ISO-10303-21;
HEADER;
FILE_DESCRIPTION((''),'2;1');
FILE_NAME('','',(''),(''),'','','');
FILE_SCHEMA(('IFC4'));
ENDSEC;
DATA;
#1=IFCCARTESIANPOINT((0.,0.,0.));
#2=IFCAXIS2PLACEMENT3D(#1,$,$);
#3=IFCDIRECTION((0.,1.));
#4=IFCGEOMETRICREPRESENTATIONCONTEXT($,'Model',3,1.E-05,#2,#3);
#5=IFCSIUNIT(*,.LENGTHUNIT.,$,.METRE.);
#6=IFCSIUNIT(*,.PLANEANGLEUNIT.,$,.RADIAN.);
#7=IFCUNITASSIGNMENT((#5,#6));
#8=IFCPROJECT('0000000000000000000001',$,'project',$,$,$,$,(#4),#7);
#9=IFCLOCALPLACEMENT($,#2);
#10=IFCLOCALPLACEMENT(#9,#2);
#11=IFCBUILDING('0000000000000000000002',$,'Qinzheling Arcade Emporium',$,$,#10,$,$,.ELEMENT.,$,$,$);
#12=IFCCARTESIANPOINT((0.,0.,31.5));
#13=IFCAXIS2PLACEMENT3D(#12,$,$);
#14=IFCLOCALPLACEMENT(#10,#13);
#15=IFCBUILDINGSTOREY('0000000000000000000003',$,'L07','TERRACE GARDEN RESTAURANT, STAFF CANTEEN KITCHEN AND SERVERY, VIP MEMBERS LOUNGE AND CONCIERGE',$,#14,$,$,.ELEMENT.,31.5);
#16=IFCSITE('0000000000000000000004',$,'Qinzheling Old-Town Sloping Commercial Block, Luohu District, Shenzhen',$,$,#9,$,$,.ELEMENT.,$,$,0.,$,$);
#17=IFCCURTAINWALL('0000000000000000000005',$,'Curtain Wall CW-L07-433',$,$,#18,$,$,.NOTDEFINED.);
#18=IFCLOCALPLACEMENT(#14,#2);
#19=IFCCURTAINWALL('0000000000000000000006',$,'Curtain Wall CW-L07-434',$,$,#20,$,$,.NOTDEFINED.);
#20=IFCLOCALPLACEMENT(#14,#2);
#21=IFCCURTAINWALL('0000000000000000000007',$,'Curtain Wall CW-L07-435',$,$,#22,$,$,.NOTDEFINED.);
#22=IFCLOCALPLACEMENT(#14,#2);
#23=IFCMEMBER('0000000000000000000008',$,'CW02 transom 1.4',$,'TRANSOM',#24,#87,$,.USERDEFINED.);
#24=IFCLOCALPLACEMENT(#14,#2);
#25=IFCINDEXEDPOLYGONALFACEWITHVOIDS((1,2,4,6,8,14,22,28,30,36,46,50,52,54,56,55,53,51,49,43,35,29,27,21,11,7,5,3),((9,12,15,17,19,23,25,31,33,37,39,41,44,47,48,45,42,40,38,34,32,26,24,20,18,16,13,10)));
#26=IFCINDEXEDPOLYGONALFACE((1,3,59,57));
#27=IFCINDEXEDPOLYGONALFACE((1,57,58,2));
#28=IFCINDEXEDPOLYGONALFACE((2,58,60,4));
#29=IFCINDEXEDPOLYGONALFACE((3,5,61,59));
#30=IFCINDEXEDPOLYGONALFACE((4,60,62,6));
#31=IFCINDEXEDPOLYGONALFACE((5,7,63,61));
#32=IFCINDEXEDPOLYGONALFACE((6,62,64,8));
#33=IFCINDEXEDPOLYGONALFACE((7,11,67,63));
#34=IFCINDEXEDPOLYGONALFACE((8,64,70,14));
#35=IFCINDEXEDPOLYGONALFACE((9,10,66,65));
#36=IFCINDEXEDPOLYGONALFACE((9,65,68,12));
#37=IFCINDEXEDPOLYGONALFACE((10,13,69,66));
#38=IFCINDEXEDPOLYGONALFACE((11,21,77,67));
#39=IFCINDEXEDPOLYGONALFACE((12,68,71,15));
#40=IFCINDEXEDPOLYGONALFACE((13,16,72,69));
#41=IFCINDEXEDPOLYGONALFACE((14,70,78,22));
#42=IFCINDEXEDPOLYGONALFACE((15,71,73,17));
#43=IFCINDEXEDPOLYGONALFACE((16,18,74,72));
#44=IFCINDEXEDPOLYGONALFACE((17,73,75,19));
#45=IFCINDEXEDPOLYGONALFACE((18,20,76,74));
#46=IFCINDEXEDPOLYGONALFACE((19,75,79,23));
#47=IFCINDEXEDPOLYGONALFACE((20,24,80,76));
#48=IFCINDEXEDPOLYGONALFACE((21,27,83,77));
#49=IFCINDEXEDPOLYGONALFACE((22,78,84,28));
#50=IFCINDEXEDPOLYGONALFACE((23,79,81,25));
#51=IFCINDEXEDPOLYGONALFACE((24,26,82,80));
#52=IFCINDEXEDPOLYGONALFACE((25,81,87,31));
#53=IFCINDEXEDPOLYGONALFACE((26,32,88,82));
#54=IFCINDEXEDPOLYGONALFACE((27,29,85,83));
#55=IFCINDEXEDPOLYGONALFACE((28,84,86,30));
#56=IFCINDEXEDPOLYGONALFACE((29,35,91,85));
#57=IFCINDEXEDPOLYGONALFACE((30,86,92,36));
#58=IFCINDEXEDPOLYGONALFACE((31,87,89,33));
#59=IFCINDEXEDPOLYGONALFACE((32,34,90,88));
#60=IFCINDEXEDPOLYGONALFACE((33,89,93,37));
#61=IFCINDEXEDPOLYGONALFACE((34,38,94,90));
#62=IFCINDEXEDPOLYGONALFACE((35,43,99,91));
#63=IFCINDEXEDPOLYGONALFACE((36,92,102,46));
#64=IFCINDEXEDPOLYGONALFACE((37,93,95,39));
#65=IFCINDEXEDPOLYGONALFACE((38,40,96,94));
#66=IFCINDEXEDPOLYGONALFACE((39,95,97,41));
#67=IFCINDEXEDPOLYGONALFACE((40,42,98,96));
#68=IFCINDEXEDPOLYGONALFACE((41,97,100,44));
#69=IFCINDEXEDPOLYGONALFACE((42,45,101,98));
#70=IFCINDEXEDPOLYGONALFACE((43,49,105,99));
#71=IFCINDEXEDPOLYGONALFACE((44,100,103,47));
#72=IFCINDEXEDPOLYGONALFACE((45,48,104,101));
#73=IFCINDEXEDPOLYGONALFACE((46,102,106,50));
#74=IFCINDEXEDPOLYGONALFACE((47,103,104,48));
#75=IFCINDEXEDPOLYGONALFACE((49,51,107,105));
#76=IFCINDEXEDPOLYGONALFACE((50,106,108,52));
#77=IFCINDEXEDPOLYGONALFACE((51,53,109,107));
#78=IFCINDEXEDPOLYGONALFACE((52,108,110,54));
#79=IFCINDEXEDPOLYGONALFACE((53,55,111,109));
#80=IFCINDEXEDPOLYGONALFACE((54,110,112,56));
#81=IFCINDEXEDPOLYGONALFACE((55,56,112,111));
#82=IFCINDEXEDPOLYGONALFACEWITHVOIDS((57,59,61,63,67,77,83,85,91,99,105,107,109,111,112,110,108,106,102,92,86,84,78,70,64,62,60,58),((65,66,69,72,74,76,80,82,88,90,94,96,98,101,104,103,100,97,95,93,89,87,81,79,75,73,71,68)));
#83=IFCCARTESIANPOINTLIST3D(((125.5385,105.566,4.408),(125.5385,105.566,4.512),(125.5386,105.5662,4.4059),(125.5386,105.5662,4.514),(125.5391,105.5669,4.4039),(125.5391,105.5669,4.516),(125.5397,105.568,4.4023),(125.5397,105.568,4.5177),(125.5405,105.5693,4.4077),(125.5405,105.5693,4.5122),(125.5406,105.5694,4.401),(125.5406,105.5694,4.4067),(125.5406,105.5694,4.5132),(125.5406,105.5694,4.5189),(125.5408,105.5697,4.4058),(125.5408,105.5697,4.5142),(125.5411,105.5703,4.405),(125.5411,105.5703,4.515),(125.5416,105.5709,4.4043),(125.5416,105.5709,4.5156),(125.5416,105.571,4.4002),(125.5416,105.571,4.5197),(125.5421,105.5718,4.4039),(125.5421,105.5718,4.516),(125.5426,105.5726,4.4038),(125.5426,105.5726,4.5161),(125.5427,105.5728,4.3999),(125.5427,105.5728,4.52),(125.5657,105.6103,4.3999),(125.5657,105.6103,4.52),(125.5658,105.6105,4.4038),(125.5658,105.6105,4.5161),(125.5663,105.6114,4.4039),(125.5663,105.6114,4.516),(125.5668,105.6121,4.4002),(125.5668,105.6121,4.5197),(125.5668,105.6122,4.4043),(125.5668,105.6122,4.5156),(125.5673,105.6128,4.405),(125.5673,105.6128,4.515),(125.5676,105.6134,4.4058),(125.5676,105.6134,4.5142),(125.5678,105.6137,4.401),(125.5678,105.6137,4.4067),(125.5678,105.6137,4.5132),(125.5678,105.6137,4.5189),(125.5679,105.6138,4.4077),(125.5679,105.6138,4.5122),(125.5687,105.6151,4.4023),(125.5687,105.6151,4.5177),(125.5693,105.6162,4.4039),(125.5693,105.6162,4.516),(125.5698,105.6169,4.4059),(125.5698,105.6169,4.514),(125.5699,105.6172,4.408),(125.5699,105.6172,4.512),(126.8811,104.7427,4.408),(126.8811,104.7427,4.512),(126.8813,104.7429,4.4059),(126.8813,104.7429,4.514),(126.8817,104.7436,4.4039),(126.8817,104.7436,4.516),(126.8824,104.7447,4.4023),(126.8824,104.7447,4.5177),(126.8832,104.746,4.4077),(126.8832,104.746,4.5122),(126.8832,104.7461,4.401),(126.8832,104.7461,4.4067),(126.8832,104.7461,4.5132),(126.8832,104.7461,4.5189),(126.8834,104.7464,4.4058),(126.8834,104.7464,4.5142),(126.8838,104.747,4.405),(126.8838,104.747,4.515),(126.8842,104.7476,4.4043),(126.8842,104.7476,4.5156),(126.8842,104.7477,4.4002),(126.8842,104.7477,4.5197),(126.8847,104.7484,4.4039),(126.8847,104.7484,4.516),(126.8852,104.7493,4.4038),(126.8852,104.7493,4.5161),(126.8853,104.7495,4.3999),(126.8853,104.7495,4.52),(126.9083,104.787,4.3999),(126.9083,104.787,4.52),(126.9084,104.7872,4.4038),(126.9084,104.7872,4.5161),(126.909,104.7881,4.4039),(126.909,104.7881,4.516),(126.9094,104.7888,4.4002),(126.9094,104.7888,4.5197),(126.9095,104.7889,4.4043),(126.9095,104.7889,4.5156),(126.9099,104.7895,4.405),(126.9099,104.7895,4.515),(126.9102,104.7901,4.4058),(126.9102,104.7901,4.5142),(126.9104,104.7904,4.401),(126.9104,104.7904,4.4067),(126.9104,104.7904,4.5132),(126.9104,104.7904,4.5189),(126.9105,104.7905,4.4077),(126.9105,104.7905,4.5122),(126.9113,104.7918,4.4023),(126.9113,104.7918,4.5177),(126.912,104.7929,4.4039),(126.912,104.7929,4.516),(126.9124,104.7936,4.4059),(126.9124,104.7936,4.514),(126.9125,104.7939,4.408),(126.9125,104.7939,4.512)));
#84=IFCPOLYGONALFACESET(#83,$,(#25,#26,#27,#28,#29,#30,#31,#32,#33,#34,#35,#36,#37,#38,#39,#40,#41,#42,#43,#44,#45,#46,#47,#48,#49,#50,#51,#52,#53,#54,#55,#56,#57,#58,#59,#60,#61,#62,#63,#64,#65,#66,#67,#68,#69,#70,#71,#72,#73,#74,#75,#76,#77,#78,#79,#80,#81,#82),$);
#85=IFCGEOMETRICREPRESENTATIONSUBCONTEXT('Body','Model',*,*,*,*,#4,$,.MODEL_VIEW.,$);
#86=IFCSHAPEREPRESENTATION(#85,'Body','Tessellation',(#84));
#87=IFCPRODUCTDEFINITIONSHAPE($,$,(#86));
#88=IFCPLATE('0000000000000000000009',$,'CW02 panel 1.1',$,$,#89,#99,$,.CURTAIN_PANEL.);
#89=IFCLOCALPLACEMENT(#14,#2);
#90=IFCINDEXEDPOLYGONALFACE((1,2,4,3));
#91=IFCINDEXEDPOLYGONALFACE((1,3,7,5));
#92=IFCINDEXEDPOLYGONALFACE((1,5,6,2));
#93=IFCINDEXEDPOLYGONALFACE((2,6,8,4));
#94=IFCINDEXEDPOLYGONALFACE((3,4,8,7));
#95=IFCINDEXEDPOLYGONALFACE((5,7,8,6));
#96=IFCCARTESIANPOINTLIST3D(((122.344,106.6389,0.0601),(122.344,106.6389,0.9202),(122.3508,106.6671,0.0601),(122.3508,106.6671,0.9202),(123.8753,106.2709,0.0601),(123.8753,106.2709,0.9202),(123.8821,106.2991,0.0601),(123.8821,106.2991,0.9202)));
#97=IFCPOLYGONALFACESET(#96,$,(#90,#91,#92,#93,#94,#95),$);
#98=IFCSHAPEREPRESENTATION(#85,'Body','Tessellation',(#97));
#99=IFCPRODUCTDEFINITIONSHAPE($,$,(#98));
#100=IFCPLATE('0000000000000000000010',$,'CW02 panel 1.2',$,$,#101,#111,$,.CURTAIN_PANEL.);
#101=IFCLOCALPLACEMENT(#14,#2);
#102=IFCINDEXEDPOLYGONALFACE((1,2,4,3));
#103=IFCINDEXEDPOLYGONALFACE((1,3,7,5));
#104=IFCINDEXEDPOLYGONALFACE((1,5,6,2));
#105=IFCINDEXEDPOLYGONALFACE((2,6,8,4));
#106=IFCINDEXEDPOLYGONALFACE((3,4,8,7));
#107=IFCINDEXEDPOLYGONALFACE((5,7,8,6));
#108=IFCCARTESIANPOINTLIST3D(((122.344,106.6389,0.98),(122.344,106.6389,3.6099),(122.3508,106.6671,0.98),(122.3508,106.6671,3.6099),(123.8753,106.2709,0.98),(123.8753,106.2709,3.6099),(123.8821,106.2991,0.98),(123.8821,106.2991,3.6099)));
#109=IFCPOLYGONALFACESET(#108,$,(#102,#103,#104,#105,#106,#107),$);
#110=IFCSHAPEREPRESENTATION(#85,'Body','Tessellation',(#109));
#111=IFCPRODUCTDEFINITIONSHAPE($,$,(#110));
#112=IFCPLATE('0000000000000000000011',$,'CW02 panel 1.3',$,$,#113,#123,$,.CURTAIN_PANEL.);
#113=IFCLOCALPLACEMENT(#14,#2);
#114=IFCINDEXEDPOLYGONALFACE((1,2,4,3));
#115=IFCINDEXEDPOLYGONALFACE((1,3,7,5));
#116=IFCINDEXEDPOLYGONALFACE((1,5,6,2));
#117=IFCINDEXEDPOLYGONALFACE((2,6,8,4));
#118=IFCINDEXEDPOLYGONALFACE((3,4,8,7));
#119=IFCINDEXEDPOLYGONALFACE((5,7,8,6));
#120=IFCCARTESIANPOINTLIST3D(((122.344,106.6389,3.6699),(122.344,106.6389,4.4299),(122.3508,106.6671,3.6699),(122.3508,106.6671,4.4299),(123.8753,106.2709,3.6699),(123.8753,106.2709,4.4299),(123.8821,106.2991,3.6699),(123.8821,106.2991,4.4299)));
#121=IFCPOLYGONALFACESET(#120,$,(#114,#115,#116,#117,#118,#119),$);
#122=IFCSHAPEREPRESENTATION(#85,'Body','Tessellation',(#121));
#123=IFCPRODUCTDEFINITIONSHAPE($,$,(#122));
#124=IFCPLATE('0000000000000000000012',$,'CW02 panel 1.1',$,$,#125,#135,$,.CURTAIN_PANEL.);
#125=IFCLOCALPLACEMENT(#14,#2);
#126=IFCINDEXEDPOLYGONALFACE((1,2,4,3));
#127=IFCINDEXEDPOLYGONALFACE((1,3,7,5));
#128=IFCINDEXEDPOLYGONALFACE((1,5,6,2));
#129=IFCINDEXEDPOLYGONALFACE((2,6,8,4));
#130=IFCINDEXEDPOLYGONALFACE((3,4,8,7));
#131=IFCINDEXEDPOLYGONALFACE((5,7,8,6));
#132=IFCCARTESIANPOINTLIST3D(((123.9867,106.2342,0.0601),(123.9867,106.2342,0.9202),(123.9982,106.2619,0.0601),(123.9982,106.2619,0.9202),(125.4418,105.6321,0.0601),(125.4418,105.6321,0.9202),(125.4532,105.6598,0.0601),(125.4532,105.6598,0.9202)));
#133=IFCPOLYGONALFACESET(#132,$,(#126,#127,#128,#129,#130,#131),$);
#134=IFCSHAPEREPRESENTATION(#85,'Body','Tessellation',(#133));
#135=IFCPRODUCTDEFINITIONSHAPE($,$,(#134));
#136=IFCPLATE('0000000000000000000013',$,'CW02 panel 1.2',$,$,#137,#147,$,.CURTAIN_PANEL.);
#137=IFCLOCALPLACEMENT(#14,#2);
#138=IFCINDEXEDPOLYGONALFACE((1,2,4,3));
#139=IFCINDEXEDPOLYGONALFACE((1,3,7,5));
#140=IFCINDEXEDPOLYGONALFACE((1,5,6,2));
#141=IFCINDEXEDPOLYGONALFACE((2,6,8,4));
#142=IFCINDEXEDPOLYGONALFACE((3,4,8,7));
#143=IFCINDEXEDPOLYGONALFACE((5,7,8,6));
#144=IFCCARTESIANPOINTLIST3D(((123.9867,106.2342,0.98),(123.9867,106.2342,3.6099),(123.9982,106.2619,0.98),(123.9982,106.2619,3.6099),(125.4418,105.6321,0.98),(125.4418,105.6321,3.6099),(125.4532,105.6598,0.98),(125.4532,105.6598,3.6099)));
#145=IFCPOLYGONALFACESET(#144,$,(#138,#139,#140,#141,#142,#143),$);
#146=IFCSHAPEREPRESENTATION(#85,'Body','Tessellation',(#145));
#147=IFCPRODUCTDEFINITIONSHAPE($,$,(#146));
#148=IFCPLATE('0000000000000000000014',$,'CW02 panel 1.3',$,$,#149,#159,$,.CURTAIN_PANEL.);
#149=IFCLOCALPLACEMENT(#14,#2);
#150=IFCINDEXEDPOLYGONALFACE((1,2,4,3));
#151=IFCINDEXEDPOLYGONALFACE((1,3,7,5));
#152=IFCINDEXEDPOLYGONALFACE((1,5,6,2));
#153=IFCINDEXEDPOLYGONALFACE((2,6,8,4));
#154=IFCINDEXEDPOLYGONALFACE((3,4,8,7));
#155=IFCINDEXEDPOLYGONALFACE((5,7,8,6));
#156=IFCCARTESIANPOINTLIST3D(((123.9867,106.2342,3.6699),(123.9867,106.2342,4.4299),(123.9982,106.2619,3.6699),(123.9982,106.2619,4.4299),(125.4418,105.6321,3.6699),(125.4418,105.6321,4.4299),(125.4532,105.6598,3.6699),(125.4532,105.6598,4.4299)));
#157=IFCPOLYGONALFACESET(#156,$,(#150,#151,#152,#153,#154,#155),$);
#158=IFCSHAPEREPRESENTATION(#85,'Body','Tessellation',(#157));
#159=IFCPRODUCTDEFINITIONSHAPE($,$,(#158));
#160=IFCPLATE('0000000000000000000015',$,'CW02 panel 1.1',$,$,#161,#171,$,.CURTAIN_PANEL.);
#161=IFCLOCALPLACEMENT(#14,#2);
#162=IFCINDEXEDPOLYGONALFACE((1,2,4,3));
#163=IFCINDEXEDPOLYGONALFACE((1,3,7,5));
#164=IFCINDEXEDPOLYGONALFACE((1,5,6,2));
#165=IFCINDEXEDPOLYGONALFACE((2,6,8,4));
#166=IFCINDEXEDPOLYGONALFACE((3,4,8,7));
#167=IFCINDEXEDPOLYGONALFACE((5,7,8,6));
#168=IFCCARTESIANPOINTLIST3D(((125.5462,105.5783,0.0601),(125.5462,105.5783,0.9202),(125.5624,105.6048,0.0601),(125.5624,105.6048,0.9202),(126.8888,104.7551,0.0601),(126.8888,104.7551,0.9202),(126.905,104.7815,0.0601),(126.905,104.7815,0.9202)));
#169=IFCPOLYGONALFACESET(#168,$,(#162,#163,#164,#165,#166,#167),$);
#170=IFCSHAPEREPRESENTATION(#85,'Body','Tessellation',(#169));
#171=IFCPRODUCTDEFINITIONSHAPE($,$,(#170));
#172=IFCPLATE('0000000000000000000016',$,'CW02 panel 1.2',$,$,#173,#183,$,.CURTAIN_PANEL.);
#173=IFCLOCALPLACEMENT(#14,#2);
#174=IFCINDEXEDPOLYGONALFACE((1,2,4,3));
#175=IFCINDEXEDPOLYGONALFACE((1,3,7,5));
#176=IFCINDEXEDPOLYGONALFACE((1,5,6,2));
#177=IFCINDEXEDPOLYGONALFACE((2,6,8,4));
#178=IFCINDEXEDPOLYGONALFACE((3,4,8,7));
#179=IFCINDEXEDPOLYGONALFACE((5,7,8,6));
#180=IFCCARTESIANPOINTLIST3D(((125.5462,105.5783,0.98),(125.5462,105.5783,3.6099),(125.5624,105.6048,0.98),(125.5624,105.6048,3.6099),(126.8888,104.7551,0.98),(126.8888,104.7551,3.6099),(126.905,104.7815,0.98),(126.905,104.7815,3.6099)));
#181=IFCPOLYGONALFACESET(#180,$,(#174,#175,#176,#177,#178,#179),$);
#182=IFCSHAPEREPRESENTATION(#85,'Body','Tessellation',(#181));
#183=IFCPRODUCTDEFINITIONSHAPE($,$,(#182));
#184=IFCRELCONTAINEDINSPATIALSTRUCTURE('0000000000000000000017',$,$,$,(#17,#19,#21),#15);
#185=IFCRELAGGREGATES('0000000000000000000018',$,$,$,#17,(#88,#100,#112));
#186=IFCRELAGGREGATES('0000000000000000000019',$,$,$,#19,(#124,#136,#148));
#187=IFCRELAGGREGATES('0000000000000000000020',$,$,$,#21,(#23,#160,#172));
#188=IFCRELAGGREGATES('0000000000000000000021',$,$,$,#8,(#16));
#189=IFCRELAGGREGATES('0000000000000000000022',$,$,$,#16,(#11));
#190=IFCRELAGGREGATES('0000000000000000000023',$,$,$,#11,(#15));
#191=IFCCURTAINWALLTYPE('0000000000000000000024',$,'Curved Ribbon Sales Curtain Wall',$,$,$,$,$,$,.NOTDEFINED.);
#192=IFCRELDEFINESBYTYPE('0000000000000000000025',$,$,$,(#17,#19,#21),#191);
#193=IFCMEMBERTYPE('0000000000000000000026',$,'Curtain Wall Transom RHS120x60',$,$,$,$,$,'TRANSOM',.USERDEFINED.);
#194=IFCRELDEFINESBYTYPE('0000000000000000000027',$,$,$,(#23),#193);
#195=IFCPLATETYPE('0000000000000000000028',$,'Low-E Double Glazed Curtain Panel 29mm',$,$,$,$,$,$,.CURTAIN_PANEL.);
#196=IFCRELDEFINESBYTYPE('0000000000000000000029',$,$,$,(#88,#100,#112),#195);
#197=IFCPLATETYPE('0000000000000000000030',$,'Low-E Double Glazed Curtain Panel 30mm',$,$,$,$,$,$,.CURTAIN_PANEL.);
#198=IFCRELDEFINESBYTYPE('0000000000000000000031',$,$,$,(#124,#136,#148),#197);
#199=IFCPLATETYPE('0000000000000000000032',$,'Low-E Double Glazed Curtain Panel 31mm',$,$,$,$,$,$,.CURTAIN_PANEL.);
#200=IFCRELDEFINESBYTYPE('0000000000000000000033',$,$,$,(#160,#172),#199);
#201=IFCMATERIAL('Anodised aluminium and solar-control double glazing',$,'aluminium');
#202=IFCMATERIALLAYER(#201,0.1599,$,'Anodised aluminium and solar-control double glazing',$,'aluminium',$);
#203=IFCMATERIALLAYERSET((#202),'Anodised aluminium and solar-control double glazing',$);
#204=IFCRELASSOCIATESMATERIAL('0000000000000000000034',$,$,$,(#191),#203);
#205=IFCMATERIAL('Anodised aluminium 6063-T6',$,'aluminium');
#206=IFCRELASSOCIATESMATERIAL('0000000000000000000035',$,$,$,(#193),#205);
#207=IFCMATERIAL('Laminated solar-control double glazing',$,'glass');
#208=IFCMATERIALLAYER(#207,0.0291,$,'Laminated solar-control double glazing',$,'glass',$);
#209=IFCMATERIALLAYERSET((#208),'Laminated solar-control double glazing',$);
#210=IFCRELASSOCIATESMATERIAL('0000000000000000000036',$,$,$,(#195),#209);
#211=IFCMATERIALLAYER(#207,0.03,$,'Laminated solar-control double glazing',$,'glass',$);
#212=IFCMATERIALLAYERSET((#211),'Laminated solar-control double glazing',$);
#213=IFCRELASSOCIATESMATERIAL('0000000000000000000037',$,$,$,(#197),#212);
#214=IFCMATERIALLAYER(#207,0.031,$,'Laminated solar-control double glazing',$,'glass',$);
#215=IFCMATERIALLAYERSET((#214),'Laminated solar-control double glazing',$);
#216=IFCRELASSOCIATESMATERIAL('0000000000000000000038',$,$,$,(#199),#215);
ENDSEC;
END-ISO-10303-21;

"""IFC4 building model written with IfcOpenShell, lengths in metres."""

from ifc_helpers import new_model, si_unit, direction, frame, origin, origin_2d, place, context, subcontext, project, spatial, rectangle, hollow_rectangle, extrude, material, layer, layer_set, material_profile, profile_set, type_object, element, aggregate, save


model = new_model("IFC4")

# Units and contexts
model_context = context("Model", 3, precision=1e-05, world=origin(), true_north=direction((0.0, 1.0)))
body_context = subcontext(model_context, "Body", "Model", "MODEL_VIEW")
ifc_project = project(units=[si_unit("LENGTHUNIT", "METRE"), si_unit("PLANEANGLEUNIT", "RADIAN")], contexts=[model_context])

# Site, building, storey
site_placement = place(None, origin())
site = spatial("IfcSite", under=ifc_project, at=site_placement, Name="Qinzheling Old-Town Sloping Commercial Block, Luohu District, Shenzhen", CompositionType="ELEMENT", RefElevation=0.0)
building_placement = place(site_placement, origin())
building = spatial("IfcBuilding", under=site, at=building_placement, Name="Qinzheling Arcade Emporium", CompositionType="ELEMENT")
storey_placement = place(building_placement, frame((0.0, 0.0, 31.5)))
storey = spatial("IfcBuildingStorey", under=building, at=storey_placement, Name="L07", Description="TERRACE GARDEN RESTAURANT, STAFF CANTEEN KITCHEN AND SERVERY, VIP MEMBERS LOUNGE AND CONCIERGE", CompositionType="ELEMENT", Elevation=31.5)

# Curtain wall
ifc_material_1 = material(Name="Anodised aluminium and solar-control double glazing", Category="aluminium")
ifc_layer_1 = layer(ifc_material_1, 0.1599, Name="Anodised aluminium and solar-control double glazing", Category="aluminium")
ifc_layer_set_1 = layer_set([ifc_layer_1], Name="Anodised aluminium and solar-control double glazing")
curtain_wall_type = type_object("IfcCurtainWallType", Name="Curved Ribbon Sales Curtain Wall", PredefinedType="NOTDEFINED", material=ifc_layer_set_1)
curtain_wall_1_placement = place(storey_placement, origin())
curtain_wall_1 = element("IfcCurtainWall", 1, at=curtain_wall_1_placement, inside=storey, type_object=curtain_wall_type, Name="Curtain Wall CW-L07-433", PredefinedType="NOTDEFINED")
ifc_material_2 = material(Name="Anodised aluminium 6063-T6", Category="aluminium")

# Curtain wall
curtain_wall_2_placement = place(storey_placement, origin())
curtain_wall_2 = element("IfcCurtainWall", 2, at=curtain_wall_2_placement, inside=storey, type_object=curtain_wall_type, Name="Curtain Wall CW-L07-434", PredefinedType="NOTDEFINED")

# Curtain wall
curtain_wall_3_placement = place(storey_placement, origin())
curtain_wall_3 = element("IfcCurtainWall", 3, at=curtain_wall_3_placement, inside=storey, type_object=curtain_wall_type, Name="Curtain Wall CW-L07-435", PredefinedType="NOTDEFINED")

# Member
ifc_material_profile_1 = material_profile(ifc_material_2, hollow_rectangle(XDim=0.0601, YDim=0.1201, WallThickness=0.0039, InnerFilletRadius=0.0039, OuterFilletRadius=0.0081, at=origin_2d()), Name="RHS 120x60x4", Category="aluminium")
ifc_profile_set_1 = profile_set([ifc_material_profile_1], Name="Anodised aluminium 6063-T6")
member_type_1 = type_object("IfcMemberType", Name="Curtain Wall Transom RHS120x60", ElementType="TRANSOM", PredefinedType="USERDEFINED", material=ifc_profile_set_1)
member_1_placement = place(storey_placement, frame((125.5542, 105.5916, 4.46), z_axis=(0.852488, -0.522747, 0.0), x_axis=(0.522747, 0.852488, 0.0)))
member_1 = element("IfcMember", 4, at=member_1_placement, type_object=member_type_1, Name="CW02 transom 1.4", ObjectType="TRANSOM", PredefinedType="USERDEFINED", context=body_context, shape_type="SweptSolid", body=[
    extrude(hollow_rectangle(XDim=0.0601, YDim=0.1201, WallThickness=0.0039, InnerFilletRadius=0.0039, OuterFilletRadius=0.0081, at=origin_2d()), origin(), (0.0, 0.0, 1.0), 1.575),
])

# Plates
ifc_material_3 = material(Name="Laminated solar-control double glazing", Category="glass")
ifc_layer_2 = layer(ifc_material_3, 0.0291, Name="Laminated solar-control double glazing", Category="glass")
ifc_layer_set_2 = layer_set([ifc_layer_2], Name="Laminated solar-control double glazing")
plate_type_1 = type_object("IfcPlateType", Name="Low-E Double Glazed Curtain Panel 29mm", PredefinedType="CURTAIN_PANEL", material=ifc_layer_set_2)
plate_1_placement = place(storey_placement, frame((123.113, 106.469, 0.0601), z_axis=(0.0, 0.0, 1.0), x_axis=(0.972323, -0.233641, 0.0)))
plate_1 = element("IfcPlate", 5, at=plate_1_placement, type_object=plate_type_1, Name="CW02 panel 1.1", PredefinedType="CURTAIN_PANEL", context=body_context, shape_type="SweptSolid", body=[
    extrude(rectangle(XDim=1.575, YDim=0.0291, at=origin_2d()), origin(), (0.0, 0.0, 1.0), 0.8601),
])
plate_2_placement = place(storey_placement, frame((123.113, 106.469, 0.98), z_axis=(0.0, 0.0, 1.0), x_axis=(0.972323, -0.233641, 0.0)))
plate_2 = element("IfcPlate", 6, at=plate_2_placement, type_object=plate_type_1, Name="CW02 panel 1.2", PredefinedType="CURTAIN_PANEL", context=body_context, shape_type="SweptSolid", body=[
    extrude(rectangle(XDim=1.575, YDim=0.0291, at=origin_2d()), origin(), (0.0, 0.0, 1.0), 2.6299),
])
plate_3_placement = place(storey_placement, frame((123.113, 106.469, 3.6699), z_axis=(0.0, 0.0, 1.0), x_axis=(0.972323, -0.233641, 0.0)))
plate_3 = element("IfcPlate", 7, at=plate_3_placement, type_object=plate_type_1, Name="CW02 panel 1.3", PredefinedType="CURTAIN_PANEL", context=body_context, shape_type="SweptSolid", body=[
    extrude(rectangle(XDim=1.575, YDim=0.0291, at=origin_2d()), origin(), (0.0, 0.0, 1.0), 0.76),
])
aggregate(curtain_wall_1, [plate_1, plate_2, plate_3])
ifc_layer_3 = layer(ifc_material_3, 0.03, Name="Laminated solar-control double glazing", Category="glass")
ifc_layer_set_3 = layer_set([ifc_layer_3], Name="Laminated solar-control double glazing")
plate_type_2 = type_object("IfcPlateType", Name="Low-E Double Glazed Curtain Panel 30mm", PredefinedType="CURTAIN_PANEL", material=ifc_layer_set_3)
plate_4_placement = place(storey_placement, frame((124.72, 105.947, 0.0601), z_axis=(0.0, 0.0, 1.0), x_axis=(0.924017, -0.382352, 0.0)))
plate_4 = element("IfcPlate", 8, at=plate_4_placement, type_object=plate_type_2, Name="CW02 panel 1.1", PredefinedType="CURTAIN_PANEL", context=body_context, shape_type="SweptSolid", body=[
    extrude(rectangle(XDim=1.5747, YDim=0.03, at=origin_2d()), origin(), (0.0, 0.0, 1.0), 0.8601),
])
plate_5_placement = place(storey_placement, frame((124.72, 105.947, 0.98), z_axis=(0.0, 0.0, 1.0), x_axis=(0.924017, -0.382352, 0.0)))
plate_5 = element("IfcPlate", 9, at=plate_5_placement, type_object=plate_type_2, Name="CW02 panel 1.2", PredefinedType="CURTAIN_PANEL", context=body_context, shape_type="SweptSolid", body=[
    extrude(rectangle(XDim=1.5747, YDim=0.03, at=origin_2d()), origin(), (0.0, 0.0, 1.0), 2.6299),
])
plate_6_placement = place(storey_placement, frame((124.72, 105.947, 3.6699), z_axis=(0.0, 0.0, 1.0), x_axis=(0.924017, -0.382352, 0.0)))
plate_6 = element("IfcPlate", 10, at=plate_6_placement, type_object=plate_type_2, Name="CW02 panel 1.3", PredefinedType="CURTAIN_PANEL", context=body_context, shape_type="SweptSolid", body=[
    extrude(rectangle(XDim=1.5747, YDim=0.03, at=origin_2d()), origin(), (0.0, 0.0, 1.0), 0.76),
])
aggregate(curtain_wall_2, [plate_4, plate_5, plate_6])
ifc_layer_4 = layer(ifc_material_3, 0.031, Name="Laminated solar-control double glazing", Category="glass")
ifc_layer_set_4 = layer_set([ifc_layer_4], Name="Laminated solar-control double glazing")
plate_type_3 = type_object("IfcPlateType", Name="Low-E Double Glazed Curtain Panel 31mm", PredefinedType="CURTAIN_PANEL", material=ifc_layer_set_4)
plate_7_placement = place(storey_placement, frame((126.2256, 105.1799, 0.0601), z_axis=(0.0, 0.0, 1.0), x_axis=(0.852508, -0.522714, 0.0)))
plate_7 = element("IfcPlate", 11, at=plate_7_placement, type_object=plate_type_3, Name="CW02 panel 1.1", PredefinedType="CURTAIN_PANEL", context=body_context, shape_type="SweptSolid", body=[
    extrude(rectangle(XDim=1.575, YDim=0.031, at=origin_2d()), origin(), (0.0, 0.0, 1.0), 0.8601),
])
plate_8_placement = place(storey_placement, frame((126.2256, 105.1799, 0.98), z_axis=(0.0, 0.0, 1.0), x_axis=(0.852508, -0.522714, 0.0)))
plate_8 = element("IfcPlate", 12, at=plate_8_placement, type_object=plate_type_3, Name="CW02 panel 1.2", PredefinedType="CURTAIN_PANEL", context=body_context, shape_type="SweptSolid", body=[
    extrude(rectangle(XDim=1.575, YDim=0.031, at=origin_2d()), origin(), (0.0, 0.0, 1.0), 2.6299),
])
aggregate(curtain_wall_3, [member_1, plate_7, plate_8])

save(model, "model.ifc")
